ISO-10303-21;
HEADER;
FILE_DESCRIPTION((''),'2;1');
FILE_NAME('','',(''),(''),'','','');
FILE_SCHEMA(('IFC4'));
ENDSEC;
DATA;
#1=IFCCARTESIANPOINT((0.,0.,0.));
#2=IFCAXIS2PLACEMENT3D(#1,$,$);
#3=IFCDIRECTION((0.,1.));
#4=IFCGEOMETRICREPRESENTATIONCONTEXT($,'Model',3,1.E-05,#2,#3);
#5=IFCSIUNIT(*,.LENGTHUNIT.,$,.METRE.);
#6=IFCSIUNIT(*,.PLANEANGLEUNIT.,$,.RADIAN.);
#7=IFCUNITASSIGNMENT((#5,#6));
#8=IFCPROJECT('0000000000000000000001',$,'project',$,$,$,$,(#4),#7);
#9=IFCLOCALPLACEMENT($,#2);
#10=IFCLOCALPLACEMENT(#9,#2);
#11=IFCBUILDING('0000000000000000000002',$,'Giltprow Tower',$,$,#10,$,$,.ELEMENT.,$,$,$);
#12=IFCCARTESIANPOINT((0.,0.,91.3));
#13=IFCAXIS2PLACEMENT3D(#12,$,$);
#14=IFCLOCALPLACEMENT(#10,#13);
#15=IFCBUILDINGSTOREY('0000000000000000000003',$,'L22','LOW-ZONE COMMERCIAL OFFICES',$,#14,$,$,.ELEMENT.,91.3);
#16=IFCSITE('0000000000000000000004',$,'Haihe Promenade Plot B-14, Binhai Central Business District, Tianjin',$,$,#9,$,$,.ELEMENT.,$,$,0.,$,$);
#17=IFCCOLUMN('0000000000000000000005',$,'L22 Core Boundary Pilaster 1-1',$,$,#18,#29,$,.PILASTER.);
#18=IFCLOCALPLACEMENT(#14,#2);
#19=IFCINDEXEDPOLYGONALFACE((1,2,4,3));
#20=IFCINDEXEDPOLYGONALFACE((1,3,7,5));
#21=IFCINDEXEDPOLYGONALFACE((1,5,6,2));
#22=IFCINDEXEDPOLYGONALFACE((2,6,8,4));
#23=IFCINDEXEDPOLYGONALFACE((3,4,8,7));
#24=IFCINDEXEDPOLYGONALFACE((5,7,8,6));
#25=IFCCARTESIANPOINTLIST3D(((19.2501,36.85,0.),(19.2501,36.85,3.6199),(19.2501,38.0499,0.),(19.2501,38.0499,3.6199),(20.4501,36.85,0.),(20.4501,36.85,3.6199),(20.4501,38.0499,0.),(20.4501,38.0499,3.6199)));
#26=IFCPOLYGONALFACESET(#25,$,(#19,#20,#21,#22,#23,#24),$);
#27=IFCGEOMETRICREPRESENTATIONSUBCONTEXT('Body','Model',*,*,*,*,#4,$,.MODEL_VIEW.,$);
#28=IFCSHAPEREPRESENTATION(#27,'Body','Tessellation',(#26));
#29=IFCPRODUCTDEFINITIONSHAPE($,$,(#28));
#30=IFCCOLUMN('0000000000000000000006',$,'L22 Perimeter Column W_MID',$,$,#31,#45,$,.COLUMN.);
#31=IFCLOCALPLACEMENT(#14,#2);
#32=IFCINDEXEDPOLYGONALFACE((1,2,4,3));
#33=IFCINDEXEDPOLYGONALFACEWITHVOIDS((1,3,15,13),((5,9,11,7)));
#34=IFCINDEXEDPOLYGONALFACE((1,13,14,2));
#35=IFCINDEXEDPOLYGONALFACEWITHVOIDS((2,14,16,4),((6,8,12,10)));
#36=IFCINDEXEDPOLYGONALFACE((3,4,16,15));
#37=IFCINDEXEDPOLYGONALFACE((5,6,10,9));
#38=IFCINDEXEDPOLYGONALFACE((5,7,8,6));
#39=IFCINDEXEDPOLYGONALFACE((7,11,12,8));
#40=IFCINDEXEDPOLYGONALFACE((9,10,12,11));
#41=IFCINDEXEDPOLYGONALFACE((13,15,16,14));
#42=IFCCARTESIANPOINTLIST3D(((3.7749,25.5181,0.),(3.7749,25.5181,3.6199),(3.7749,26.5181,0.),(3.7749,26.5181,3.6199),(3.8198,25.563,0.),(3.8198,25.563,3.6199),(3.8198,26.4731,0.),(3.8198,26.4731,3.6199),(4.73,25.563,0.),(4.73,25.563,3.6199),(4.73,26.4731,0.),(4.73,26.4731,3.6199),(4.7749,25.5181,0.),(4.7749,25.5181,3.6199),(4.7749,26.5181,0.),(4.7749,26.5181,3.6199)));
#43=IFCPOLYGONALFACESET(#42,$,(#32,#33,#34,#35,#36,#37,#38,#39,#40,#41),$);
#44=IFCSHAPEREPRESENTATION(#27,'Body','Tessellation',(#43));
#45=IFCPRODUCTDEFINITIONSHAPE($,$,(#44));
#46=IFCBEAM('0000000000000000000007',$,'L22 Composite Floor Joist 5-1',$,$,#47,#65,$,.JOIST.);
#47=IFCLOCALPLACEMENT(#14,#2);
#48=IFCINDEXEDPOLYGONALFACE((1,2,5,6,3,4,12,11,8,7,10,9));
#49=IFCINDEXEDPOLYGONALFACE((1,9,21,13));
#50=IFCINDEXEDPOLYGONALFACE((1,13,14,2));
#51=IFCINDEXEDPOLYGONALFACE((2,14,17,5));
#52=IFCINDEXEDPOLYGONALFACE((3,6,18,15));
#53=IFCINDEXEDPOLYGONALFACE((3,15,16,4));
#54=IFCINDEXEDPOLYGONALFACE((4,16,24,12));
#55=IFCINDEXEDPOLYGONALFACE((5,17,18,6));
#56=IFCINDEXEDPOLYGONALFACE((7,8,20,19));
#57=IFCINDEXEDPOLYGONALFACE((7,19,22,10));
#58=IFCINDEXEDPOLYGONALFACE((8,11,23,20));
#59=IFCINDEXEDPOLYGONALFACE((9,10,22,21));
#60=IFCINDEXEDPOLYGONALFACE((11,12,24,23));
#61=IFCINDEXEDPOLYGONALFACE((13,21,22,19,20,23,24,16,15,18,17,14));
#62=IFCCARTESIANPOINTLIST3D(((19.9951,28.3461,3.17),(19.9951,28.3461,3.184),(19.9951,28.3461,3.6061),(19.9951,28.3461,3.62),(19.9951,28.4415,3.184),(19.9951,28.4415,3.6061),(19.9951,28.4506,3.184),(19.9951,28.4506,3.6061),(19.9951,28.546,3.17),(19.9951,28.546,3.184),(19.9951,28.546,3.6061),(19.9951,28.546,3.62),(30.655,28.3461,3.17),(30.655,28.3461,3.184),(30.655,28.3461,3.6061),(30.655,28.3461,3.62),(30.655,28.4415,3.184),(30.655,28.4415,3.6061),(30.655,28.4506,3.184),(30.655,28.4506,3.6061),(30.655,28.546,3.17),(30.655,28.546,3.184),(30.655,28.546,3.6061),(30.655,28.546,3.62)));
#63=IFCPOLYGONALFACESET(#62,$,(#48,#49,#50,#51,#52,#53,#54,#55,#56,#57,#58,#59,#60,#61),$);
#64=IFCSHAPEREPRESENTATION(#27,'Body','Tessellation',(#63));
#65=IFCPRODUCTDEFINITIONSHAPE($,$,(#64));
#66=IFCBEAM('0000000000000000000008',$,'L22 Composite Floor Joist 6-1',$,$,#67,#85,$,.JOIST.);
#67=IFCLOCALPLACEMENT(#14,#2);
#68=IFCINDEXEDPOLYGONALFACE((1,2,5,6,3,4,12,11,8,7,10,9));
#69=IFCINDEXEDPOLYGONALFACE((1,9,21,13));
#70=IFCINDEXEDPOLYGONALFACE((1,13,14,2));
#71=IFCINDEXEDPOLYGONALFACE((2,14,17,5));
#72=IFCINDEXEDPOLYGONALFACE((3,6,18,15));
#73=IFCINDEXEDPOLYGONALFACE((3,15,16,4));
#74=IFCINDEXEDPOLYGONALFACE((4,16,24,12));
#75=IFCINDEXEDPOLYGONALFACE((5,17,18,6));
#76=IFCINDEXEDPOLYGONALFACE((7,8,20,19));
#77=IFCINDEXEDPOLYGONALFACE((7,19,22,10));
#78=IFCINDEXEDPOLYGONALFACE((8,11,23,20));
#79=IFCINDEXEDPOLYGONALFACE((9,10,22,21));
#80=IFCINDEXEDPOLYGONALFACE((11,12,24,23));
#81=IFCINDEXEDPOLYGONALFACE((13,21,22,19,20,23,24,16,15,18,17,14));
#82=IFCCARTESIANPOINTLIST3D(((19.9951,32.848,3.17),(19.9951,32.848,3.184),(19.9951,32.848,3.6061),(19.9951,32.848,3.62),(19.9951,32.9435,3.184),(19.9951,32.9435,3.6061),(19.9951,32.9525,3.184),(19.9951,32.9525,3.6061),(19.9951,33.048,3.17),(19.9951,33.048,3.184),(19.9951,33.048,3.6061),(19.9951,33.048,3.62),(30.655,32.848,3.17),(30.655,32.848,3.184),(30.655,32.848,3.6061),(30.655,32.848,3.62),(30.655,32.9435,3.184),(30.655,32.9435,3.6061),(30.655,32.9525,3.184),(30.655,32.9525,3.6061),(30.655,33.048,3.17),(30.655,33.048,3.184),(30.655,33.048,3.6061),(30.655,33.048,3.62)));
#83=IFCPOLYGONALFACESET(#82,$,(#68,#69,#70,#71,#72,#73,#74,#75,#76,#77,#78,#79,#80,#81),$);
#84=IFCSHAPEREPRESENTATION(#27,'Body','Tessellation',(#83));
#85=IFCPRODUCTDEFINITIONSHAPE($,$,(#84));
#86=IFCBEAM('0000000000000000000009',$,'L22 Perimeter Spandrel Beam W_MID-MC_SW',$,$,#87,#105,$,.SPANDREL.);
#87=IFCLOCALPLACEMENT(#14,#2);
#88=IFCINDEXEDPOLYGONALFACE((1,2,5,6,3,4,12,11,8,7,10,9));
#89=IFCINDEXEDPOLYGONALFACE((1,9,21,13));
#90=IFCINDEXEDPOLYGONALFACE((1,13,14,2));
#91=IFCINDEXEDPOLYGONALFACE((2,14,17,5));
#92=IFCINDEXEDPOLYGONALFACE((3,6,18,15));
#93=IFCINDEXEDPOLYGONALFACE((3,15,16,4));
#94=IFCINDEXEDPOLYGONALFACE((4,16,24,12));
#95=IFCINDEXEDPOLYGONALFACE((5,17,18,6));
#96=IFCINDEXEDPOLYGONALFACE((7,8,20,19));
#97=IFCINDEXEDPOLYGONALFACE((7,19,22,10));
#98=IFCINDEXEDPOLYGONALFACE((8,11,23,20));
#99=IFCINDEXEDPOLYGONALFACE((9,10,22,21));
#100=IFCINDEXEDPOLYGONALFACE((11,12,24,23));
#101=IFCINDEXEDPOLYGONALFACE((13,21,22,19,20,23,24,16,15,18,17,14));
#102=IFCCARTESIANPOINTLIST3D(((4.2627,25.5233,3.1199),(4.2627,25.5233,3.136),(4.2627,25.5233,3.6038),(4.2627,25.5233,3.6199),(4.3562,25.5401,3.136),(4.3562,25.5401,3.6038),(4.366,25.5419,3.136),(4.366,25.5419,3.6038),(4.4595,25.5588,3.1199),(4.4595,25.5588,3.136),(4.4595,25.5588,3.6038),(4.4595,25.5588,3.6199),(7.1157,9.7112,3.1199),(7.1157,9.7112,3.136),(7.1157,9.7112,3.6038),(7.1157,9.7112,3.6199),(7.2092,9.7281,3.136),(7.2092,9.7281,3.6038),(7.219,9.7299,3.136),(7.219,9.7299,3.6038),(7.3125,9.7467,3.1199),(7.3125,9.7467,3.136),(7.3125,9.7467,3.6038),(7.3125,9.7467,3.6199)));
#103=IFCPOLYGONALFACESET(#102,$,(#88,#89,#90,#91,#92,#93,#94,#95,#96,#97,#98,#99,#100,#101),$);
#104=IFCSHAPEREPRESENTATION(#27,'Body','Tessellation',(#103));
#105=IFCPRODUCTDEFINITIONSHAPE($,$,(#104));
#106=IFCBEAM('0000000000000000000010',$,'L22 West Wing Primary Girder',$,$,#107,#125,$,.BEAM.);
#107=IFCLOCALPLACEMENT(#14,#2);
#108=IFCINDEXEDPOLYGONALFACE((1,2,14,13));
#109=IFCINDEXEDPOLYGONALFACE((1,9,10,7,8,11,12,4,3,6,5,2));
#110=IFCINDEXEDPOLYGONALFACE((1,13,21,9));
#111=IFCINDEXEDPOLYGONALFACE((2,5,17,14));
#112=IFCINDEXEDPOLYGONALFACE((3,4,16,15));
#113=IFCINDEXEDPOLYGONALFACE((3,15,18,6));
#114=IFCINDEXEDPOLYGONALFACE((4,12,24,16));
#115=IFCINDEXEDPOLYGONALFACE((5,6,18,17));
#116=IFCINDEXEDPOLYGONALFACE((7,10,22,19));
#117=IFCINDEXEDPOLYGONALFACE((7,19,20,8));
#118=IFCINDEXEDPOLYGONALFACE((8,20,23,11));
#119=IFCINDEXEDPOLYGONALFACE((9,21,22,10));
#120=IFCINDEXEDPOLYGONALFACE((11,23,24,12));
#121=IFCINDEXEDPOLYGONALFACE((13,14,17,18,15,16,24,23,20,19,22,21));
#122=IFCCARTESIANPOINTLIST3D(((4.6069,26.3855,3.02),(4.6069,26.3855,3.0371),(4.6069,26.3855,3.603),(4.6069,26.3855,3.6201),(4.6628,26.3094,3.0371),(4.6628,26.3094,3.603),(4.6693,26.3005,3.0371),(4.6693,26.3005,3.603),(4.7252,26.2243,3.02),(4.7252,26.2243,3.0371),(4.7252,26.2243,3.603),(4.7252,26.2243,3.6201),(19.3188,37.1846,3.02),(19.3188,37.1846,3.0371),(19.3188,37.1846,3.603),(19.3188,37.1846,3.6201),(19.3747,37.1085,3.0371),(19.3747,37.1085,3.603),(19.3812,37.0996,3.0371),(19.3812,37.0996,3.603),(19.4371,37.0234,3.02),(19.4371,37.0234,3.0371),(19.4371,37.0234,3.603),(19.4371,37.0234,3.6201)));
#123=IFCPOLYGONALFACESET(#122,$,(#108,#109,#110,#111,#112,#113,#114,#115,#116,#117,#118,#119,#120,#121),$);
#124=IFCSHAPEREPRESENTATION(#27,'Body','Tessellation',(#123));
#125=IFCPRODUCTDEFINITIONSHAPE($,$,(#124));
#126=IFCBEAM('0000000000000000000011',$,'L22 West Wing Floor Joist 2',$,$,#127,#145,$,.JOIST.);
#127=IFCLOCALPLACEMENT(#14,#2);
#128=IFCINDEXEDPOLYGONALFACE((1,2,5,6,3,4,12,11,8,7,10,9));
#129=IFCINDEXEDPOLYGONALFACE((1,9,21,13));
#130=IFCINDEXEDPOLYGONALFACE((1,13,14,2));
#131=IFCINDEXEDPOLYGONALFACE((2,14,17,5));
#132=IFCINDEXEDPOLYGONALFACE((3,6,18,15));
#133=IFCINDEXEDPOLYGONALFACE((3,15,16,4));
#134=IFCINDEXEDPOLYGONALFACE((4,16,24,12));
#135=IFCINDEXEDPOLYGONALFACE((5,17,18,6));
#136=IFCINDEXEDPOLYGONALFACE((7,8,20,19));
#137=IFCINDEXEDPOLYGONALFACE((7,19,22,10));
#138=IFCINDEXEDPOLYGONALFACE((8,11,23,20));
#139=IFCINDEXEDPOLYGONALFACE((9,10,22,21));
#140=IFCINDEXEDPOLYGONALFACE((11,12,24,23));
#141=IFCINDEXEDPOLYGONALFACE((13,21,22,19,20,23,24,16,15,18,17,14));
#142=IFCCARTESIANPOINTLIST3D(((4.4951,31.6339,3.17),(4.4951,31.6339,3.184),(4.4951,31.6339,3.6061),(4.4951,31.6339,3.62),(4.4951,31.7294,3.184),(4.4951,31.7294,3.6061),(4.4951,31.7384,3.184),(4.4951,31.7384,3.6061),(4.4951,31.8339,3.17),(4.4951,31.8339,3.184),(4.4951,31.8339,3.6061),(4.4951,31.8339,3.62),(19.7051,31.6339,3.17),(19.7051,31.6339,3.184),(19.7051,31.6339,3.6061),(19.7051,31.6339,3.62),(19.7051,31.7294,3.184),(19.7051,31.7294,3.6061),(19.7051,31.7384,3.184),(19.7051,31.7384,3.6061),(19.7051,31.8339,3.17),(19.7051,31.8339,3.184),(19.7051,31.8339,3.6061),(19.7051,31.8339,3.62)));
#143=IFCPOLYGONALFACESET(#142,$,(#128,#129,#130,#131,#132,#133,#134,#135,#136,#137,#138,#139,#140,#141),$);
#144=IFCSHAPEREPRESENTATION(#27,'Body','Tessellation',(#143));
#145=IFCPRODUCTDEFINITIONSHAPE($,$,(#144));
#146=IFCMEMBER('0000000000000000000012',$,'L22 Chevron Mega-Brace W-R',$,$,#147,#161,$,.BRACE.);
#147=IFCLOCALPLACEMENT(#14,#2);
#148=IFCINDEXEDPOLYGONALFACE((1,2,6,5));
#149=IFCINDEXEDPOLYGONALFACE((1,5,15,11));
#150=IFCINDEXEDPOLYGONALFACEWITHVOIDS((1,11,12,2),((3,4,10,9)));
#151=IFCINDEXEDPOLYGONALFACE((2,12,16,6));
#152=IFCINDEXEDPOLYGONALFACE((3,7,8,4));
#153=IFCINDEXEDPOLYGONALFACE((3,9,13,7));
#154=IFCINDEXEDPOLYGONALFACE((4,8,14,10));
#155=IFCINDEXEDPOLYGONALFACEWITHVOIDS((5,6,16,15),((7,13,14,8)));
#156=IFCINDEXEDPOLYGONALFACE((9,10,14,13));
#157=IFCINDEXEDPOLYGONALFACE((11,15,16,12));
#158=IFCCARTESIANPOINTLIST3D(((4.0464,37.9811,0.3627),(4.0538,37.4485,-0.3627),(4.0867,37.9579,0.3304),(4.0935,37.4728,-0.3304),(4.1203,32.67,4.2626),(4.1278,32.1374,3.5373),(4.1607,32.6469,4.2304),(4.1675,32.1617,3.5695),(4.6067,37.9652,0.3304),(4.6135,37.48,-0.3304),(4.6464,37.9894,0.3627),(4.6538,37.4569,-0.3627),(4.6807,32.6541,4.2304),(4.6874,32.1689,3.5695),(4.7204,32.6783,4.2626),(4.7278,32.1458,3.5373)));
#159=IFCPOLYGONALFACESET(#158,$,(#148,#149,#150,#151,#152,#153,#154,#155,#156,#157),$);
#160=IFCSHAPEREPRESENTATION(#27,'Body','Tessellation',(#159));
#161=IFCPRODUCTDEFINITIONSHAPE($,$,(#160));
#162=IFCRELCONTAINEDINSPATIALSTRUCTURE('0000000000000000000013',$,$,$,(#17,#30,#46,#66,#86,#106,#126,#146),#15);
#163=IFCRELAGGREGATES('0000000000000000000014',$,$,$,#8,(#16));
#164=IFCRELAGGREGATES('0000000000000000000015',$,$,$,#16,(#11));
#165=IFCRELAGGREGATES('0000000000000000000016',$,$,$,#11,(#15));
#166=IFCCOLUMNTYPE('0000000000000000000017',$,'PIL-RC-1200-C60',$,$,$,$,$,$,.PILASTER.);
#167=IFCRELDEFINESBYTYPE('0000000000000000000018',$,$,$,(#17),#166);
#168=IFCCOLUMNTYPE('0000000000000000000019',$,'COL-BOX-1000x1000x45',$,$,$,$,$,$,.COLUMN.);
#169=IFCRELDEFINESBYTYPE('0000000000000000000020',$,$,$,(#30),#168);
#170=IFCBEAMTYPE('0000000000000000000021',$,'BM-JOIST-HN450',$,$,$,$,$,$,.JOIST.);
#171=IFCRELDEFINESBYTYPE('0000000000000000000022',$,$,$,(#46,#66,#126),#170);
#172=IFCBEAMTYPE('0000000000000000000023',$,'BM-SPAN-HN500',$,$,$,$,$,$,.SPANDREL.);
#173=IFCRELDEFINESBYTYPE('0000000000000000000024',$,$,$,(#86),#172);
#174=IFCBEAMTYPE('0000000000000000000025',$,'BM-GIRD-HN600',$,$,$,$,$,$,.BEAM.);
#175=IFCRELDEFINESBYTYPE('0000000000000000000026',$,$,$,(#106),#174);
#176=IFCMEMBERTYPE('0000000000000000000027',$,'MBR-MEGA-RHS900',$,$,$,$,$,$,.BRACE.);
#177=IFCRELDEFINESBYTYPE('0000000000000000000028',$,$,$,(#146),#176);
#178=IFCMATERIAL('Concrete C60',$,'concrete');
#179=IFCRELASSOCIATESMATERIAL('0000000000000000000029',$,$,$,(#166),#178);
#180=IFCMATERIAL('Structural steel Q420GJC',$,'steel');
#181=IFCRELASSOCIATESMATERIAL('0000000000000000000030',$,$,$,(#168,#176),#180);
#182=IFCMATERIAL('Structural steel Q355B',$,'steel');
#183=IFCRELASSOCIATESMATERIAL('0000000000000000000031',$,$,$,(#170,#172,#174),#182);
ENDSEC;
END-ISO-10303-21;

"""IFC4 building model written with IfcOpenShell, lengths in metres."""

from ifc_helpers import new_model, si_unit, direction, frame, origin, origin_2d, place, context, subcontext, project, spatial, rectangle, hollow_rectangle, i_section, extrude, source, transform, mapped, material, material_profile, profile_set, type_object, element, save


model = new_model("IFC4")

# Units and contexts
model_context = context("Model", 3, precision=1e-05, world=origin(), true_north=direction((0.0, 1.0)))
body_context = subcontext(model_context, "Body", "Model", "MODEL_VIEW")
ifc_project = project(units=[si_unit("LENGTHUNIT", "METRE"), si_unit("PLANEANGLEUNIT", "RADIAN")], contexts=[model_context])

# Site, building, storey
site_placement = place(None, origin())
site = spatial("IfcSite", under=ifc_project, at=site_placement, Name="Haihe Promenade Plot B-14, Binhai Central Business District, Tianjin", CompositionType="ELEMENT", RefElevation=0.0)
building_placement = place(site_placement, origin())
building = spatial("IfcBuilding", under=site, at=building_placement, Name="Giltprow Tower", CompositionType="ELEMENT")
storey_placement = place(building_placement, frame((0.0, 0.0, 91.3)))
storey = spatial("IfcBuildingStorey", under=building, at=storey_placement, Name="L22", Description="LOW-ZONE COMMERCIAL OFFICES", CompositionType="ELEMENT", Elevation=91.3)

# Columns
ifc_material_1 = material(Name="Concrete C60", Category="concrete")
ifc_material_profile_1 = material_profile(ifc_material_1, rectangle(XDim=1.2, YDim=1.2, at=origin_2d()), Name="RC 1200x1200")
ifc_profile_set_1 = profile_set([ifc_material_profile_1], Name="Concrete C60")
column_type_1 = type_object("IfcColumnType", Name="PIL-RC-1200-C60", PredefinedType="PILASTER", material=ifc_profile_set_1)
shared_shape_1 = source(origin(), body_context, "Body", "SweptSolid", [
    extrude(rectangle(XDim=1.2, YDim=1.2, at=origin_2d()), origin(), (0.0, 0.0, 1.0), 3.6199),
])
column_1_placement = place(storey_placement, frame((19.8501, 37.45, 0.0), z_axis=(0.0, 0.0, 1.0), x_axis=(1.0, 0.0, 0.0)))
element("IfcColumn", 1, at=column_1_placement, inside=storey, type_object=column_type_1, Name="L22 Core Boundary Pilaster 1-1", PredefinedType="PILASTER", context=body_context, shape_type="MappedRepresentation", body=[
    mapped(shared_shape_1, transform((0.0, 0.0, 0.0), x_axis=(1.0, 0.0, 0.0), y_axis=(0.0, 1.0, 0.0), z_axis=(0.0, 0.0, 1.0), scale=1.0)),
])
ifc_material_2 = material(Name="Structural steel Q420GJC", Category="steel")
ifc_material_profile_2 = material_profile(ifc_material_2, hollow_rectangle(XDim=1.0, YDim=1.0, WallThickness=0.0449, at=origin_2d()), Name="BOX 1000x1000x45")
ifc_profile_set_2 = profile_set([ifc_material_profile_2], Name="Structural steel Q420GJC")
column_type_2 = type_object("IfcColumnType", Name="COL-BOX-1000x1000x45", PredefinedType="COLUMN", material=ifc_profile_set_2)
shared_shape_2 = source(origin(), body_context, "Body", "SweptSolid", [
    extrude(hollow_rectangle(XDim=1.0, YDim=1.0, WallThickness=0.0449, at=origin_2d()), origin(), (0.0, 0.0, 1.0), 3.6199),
])
column_2_placement = place(storey_placement, frame((4.2749, 26.0181, 0.0), z_axis=(0.0, 0.0, 1.0), x_axis=(1.0, 0.0, 0.0)))
element("IfcColumn", 2, at=column_2_placement, inside=storey, type_object=column_type_2, Name="L22 Perimeter Column W_MID", PredefinedType="COLUMN", context=body_context, shape_type="MappedRepresentation", body=[
    mapped(shared_shape_2, transform((0.0, 0.0, 0.0), x_axis=(1.0, 0.0, 0.0), y_axis=(0.0, 1.0, 0.0), z_axis=(0.0, 0.0, 1.0), scale=1.0)),
])

# Beams
ifc_material_3 = material(Name="Structural steel Q355B", Category="steel")
ifc_material_profile_3 = material_profile(ifc_material_3, i_section(OverallWidth=0.2, OverallDepth=0.45, WebThickness=0.009, FlangeThickness=0.0139, at=origin_2d()), Name="HN 450x200x9x14")
ifc_profile_set_3 = profile_set([ifc_material_profile_3], Name="Structural steel Q355B")
beam_type_1 = type_object("IfcBeamType", Name="BM-JOIST-HN450", PredefinedType="JOIST", material=ifc_profile_set_3)
shared_shape_3 = source(origin(), body_context, "Body", "SweptSolid", [
    extrude(i_section(OverallWidth=0.2, OverallDepth=0.45, WebThickness=0.009, FlangeThickness=0.0139, at=origin_2d()), origin(), (0.0, 0.0, 1.0), 10.6599),
])
for number, where, z_axis, x_axis, name in (
    (3, (19.9951, 28.446, 3.395), (1.0, 0.0, 0.0), (0.0, 1.0, 0.0), "L22 Composite Floor Joist 5-1"),
    (4, (19.9951, 32.948, 3.395), (1.0, 0.0, 0.0), (0.0, 1.0, 0.0), "L22 Composite Floor Joist 6-1"),
):
    element("IfcBeam", number, at=place(storey_placement, frame(where, z_axis=z_axis, x_axis=x_axis)), inside=storey, type_object=beam_type_1, Name=name, PredefinedType="JOIST", context=body_context, shape_type="MappedRepresentation", body=[
        mapped(shared_shape_3, transform((0.0, 0.0, 0.0), x_axis=(1.0, 0.0, 0.0), y_axis=(0.0, 1.0, 0.0), z_axis=(0.0, 0.0, 1.0), scale=1.0)),
    ])
ifc_material_profile_4 = material_profile(ifc_material_3, i_section(OverallWidth=0.2, OverallDepth=0.5, WebThickness=0.01, FlangeThickness=0.0161, at=origin_2d()), Name="HN 500x200x10x16")
ifc_profile_set_4 = profile_set([ifc_material_profile_4], Name="Structural steel Q355B")
beam_type_2 = type_object("IfcBeamType", Name="BM-SPAN-HN500", PredefinedType="SPANDREL", material=ifc_profile_set_4)
shared_shape_4 = source(origin(), body_context, "Body", "SweptSolid", [
    extrude(i_section(OverallWidth=0.2, OverallDepth=0.5, WebThickness=0.01, FlangeThickness=0.0161, at=origin_2d()), origin(), (0.0, 0.0, 1.0), 16.0674),
])
beam_1_placement = place(storey_placement, frame((4.3611, 25.541, 3.3699), z_axis=(0.177567, -0.984109, 0.0), x_axis=(0.984109, 0.177567, 0.0)))
element("IfcBeam", 5, at=beam_1_placement, inside=storey, type_object=beam_type_2, Name="L22 Perimeter Spandrel Beam W_MID-MC_SW", PredefinedType="SPANDREL", context=body_context, shape_type="MappedRepresentation", body=[
    mapped(shared_shape_4, transform((0.0, 0.0, 0.0), x_axis=(1.0, 0.0, 0.0), y_axis=(0.0, 1.0, 0.0), z_axis=(0.0, 0.0, 1.0), scale=1.0)),
])
ifc_material_profile_5 = material_profile(ifc_material_3, i_section(OverallWidth=0.2, OverallDepth=0.6001, WebThickness=0.011, FlangeThickness=0.0171, at=origin_2d()), Name="HN 600x200x11x17")
ifc_profile_set_5 = profile_set([ifc_material_profile_5], Name="Structural steel Q355B")
beam_type_3 = type_object("IfcBeamType", Name="BM-GIRD-HN600", PredefinedType="BEAM", material=ifc_profile_set_5)
shared_shape_5 = source(origin(), body_context, "Body", "SweptSolid", [
    extrude(i_section(OverallWidth=0.2, OverallDepth=0.6001, WebThickness=0.011, FlangeThickness=0.0171, at=origin_2d()), origin(), (0.0, 0.0, 1.0), 18.25),
])
beam_2_placement = place(storey_placement, frame((4.666, 26.3049, 3.3201), z_axis=(0.806135, 0.591732, 0.0), x_axis=(-0.591732, 0.806135, 0.0)))
element("IfcBeam", 6, at=beam_2_placement, inside=storey, type_object=beam_type_3, Name="L22 West Wing Primary Girder", PredefinedType="BEAM", context=body_context, shape_type="MappedRepresentation", body=[
    mapped(shared_shape_5, transform((0.0, 0.0, 0.0), x_axis=(1.0, 0.0, 0.0), y_axis=(0.0, 1.0, 0.0), z_axis=(0.0, 0.0, 1.0), scale=1.0)),
])
shared_shape_6 = source(origin(), body_context, "Body", "SweptSolid", [
    extrude(i_section(OverallWidth=0.2, OverallDepth=0.45, WebThickness=0.009, FlangeThickness=0.0139, at=origin_2d()), origin(), (0.0, 0.0, 1.0), 15.21),
])
beam_3_placement = place(storey_placement, frame((4.4951, 31.7339, 3.395), z_axis=(1.0, 0.0, 0.0), x_axis=(0.0, 1.0, 0.0)))
element("IfcBeam", 7, at=beam_3_placement, inside=storey, type_object=beam_type_1, Name="L22 West Wing Floor Joist 2", PredefinedType="JOIST", context=body_context, shape_type="MappedRepresentation", body=[
    mapped(shared_shape_6, transform((0.0, 0.0, 0.0), x_axis=(1.0, 0.0, 0.0), y_axis=(0.0, 1.0, 0.0), z_axis=(0.0, 0.0, 1.0), scale=1.0)),
])

# Member
ifc_material_profile_6 = material_profile(ifc_material_2, hollow_rectangle(XDim=0.6001, YDim=0.8999, WallThickness=0.04, at=origin_2d()), Name="RHS 900x600x40")
ifc_profile_set_6 = profile_set([ifc_material_profile_6], Name="Structural steel Q420GJC")
member_type = type_object("IfcMemberType", Name="MBR-MEGA-RHS900", PredefinedType="BRACE", material=ifc_profile_set_6)
shared_shape_7 = source(origin(), body_context, "Body", "SweptSolid", [
    extrude(hollow_rectangle(XDim=0.6001, YDim=0.8999, WallThickness=0.04, at=origin_2d()), origin(), (0.0, 0.0, 1.0), 6.5896),
])
member_placement = place(storey_placement, frame((4.3501, 37.719, 0.0), z_axis=(0.011226, -0.805982, 0.591834), x_axis=(0.999903, 0.013927, 0.0)))
element("IfcMember", 8, at=member_placement, inside=storey, type_object=member_type, Name="L22 Chevron Mega-Brace W-R", PredefinedType="BRACE", context=body_context, shape_type="MappedRepresentation", body=[
    mapped(shared_shape_7, transform((0.0, 0.0, 0.0), x_axis=(1.0, 0.0, 0.0), y_axis=(0.0, 1.0, 0.0), z_axis=(0.0, 0.0, 1.0), scale=1.0)),
])

save(model, "model.ifc")
